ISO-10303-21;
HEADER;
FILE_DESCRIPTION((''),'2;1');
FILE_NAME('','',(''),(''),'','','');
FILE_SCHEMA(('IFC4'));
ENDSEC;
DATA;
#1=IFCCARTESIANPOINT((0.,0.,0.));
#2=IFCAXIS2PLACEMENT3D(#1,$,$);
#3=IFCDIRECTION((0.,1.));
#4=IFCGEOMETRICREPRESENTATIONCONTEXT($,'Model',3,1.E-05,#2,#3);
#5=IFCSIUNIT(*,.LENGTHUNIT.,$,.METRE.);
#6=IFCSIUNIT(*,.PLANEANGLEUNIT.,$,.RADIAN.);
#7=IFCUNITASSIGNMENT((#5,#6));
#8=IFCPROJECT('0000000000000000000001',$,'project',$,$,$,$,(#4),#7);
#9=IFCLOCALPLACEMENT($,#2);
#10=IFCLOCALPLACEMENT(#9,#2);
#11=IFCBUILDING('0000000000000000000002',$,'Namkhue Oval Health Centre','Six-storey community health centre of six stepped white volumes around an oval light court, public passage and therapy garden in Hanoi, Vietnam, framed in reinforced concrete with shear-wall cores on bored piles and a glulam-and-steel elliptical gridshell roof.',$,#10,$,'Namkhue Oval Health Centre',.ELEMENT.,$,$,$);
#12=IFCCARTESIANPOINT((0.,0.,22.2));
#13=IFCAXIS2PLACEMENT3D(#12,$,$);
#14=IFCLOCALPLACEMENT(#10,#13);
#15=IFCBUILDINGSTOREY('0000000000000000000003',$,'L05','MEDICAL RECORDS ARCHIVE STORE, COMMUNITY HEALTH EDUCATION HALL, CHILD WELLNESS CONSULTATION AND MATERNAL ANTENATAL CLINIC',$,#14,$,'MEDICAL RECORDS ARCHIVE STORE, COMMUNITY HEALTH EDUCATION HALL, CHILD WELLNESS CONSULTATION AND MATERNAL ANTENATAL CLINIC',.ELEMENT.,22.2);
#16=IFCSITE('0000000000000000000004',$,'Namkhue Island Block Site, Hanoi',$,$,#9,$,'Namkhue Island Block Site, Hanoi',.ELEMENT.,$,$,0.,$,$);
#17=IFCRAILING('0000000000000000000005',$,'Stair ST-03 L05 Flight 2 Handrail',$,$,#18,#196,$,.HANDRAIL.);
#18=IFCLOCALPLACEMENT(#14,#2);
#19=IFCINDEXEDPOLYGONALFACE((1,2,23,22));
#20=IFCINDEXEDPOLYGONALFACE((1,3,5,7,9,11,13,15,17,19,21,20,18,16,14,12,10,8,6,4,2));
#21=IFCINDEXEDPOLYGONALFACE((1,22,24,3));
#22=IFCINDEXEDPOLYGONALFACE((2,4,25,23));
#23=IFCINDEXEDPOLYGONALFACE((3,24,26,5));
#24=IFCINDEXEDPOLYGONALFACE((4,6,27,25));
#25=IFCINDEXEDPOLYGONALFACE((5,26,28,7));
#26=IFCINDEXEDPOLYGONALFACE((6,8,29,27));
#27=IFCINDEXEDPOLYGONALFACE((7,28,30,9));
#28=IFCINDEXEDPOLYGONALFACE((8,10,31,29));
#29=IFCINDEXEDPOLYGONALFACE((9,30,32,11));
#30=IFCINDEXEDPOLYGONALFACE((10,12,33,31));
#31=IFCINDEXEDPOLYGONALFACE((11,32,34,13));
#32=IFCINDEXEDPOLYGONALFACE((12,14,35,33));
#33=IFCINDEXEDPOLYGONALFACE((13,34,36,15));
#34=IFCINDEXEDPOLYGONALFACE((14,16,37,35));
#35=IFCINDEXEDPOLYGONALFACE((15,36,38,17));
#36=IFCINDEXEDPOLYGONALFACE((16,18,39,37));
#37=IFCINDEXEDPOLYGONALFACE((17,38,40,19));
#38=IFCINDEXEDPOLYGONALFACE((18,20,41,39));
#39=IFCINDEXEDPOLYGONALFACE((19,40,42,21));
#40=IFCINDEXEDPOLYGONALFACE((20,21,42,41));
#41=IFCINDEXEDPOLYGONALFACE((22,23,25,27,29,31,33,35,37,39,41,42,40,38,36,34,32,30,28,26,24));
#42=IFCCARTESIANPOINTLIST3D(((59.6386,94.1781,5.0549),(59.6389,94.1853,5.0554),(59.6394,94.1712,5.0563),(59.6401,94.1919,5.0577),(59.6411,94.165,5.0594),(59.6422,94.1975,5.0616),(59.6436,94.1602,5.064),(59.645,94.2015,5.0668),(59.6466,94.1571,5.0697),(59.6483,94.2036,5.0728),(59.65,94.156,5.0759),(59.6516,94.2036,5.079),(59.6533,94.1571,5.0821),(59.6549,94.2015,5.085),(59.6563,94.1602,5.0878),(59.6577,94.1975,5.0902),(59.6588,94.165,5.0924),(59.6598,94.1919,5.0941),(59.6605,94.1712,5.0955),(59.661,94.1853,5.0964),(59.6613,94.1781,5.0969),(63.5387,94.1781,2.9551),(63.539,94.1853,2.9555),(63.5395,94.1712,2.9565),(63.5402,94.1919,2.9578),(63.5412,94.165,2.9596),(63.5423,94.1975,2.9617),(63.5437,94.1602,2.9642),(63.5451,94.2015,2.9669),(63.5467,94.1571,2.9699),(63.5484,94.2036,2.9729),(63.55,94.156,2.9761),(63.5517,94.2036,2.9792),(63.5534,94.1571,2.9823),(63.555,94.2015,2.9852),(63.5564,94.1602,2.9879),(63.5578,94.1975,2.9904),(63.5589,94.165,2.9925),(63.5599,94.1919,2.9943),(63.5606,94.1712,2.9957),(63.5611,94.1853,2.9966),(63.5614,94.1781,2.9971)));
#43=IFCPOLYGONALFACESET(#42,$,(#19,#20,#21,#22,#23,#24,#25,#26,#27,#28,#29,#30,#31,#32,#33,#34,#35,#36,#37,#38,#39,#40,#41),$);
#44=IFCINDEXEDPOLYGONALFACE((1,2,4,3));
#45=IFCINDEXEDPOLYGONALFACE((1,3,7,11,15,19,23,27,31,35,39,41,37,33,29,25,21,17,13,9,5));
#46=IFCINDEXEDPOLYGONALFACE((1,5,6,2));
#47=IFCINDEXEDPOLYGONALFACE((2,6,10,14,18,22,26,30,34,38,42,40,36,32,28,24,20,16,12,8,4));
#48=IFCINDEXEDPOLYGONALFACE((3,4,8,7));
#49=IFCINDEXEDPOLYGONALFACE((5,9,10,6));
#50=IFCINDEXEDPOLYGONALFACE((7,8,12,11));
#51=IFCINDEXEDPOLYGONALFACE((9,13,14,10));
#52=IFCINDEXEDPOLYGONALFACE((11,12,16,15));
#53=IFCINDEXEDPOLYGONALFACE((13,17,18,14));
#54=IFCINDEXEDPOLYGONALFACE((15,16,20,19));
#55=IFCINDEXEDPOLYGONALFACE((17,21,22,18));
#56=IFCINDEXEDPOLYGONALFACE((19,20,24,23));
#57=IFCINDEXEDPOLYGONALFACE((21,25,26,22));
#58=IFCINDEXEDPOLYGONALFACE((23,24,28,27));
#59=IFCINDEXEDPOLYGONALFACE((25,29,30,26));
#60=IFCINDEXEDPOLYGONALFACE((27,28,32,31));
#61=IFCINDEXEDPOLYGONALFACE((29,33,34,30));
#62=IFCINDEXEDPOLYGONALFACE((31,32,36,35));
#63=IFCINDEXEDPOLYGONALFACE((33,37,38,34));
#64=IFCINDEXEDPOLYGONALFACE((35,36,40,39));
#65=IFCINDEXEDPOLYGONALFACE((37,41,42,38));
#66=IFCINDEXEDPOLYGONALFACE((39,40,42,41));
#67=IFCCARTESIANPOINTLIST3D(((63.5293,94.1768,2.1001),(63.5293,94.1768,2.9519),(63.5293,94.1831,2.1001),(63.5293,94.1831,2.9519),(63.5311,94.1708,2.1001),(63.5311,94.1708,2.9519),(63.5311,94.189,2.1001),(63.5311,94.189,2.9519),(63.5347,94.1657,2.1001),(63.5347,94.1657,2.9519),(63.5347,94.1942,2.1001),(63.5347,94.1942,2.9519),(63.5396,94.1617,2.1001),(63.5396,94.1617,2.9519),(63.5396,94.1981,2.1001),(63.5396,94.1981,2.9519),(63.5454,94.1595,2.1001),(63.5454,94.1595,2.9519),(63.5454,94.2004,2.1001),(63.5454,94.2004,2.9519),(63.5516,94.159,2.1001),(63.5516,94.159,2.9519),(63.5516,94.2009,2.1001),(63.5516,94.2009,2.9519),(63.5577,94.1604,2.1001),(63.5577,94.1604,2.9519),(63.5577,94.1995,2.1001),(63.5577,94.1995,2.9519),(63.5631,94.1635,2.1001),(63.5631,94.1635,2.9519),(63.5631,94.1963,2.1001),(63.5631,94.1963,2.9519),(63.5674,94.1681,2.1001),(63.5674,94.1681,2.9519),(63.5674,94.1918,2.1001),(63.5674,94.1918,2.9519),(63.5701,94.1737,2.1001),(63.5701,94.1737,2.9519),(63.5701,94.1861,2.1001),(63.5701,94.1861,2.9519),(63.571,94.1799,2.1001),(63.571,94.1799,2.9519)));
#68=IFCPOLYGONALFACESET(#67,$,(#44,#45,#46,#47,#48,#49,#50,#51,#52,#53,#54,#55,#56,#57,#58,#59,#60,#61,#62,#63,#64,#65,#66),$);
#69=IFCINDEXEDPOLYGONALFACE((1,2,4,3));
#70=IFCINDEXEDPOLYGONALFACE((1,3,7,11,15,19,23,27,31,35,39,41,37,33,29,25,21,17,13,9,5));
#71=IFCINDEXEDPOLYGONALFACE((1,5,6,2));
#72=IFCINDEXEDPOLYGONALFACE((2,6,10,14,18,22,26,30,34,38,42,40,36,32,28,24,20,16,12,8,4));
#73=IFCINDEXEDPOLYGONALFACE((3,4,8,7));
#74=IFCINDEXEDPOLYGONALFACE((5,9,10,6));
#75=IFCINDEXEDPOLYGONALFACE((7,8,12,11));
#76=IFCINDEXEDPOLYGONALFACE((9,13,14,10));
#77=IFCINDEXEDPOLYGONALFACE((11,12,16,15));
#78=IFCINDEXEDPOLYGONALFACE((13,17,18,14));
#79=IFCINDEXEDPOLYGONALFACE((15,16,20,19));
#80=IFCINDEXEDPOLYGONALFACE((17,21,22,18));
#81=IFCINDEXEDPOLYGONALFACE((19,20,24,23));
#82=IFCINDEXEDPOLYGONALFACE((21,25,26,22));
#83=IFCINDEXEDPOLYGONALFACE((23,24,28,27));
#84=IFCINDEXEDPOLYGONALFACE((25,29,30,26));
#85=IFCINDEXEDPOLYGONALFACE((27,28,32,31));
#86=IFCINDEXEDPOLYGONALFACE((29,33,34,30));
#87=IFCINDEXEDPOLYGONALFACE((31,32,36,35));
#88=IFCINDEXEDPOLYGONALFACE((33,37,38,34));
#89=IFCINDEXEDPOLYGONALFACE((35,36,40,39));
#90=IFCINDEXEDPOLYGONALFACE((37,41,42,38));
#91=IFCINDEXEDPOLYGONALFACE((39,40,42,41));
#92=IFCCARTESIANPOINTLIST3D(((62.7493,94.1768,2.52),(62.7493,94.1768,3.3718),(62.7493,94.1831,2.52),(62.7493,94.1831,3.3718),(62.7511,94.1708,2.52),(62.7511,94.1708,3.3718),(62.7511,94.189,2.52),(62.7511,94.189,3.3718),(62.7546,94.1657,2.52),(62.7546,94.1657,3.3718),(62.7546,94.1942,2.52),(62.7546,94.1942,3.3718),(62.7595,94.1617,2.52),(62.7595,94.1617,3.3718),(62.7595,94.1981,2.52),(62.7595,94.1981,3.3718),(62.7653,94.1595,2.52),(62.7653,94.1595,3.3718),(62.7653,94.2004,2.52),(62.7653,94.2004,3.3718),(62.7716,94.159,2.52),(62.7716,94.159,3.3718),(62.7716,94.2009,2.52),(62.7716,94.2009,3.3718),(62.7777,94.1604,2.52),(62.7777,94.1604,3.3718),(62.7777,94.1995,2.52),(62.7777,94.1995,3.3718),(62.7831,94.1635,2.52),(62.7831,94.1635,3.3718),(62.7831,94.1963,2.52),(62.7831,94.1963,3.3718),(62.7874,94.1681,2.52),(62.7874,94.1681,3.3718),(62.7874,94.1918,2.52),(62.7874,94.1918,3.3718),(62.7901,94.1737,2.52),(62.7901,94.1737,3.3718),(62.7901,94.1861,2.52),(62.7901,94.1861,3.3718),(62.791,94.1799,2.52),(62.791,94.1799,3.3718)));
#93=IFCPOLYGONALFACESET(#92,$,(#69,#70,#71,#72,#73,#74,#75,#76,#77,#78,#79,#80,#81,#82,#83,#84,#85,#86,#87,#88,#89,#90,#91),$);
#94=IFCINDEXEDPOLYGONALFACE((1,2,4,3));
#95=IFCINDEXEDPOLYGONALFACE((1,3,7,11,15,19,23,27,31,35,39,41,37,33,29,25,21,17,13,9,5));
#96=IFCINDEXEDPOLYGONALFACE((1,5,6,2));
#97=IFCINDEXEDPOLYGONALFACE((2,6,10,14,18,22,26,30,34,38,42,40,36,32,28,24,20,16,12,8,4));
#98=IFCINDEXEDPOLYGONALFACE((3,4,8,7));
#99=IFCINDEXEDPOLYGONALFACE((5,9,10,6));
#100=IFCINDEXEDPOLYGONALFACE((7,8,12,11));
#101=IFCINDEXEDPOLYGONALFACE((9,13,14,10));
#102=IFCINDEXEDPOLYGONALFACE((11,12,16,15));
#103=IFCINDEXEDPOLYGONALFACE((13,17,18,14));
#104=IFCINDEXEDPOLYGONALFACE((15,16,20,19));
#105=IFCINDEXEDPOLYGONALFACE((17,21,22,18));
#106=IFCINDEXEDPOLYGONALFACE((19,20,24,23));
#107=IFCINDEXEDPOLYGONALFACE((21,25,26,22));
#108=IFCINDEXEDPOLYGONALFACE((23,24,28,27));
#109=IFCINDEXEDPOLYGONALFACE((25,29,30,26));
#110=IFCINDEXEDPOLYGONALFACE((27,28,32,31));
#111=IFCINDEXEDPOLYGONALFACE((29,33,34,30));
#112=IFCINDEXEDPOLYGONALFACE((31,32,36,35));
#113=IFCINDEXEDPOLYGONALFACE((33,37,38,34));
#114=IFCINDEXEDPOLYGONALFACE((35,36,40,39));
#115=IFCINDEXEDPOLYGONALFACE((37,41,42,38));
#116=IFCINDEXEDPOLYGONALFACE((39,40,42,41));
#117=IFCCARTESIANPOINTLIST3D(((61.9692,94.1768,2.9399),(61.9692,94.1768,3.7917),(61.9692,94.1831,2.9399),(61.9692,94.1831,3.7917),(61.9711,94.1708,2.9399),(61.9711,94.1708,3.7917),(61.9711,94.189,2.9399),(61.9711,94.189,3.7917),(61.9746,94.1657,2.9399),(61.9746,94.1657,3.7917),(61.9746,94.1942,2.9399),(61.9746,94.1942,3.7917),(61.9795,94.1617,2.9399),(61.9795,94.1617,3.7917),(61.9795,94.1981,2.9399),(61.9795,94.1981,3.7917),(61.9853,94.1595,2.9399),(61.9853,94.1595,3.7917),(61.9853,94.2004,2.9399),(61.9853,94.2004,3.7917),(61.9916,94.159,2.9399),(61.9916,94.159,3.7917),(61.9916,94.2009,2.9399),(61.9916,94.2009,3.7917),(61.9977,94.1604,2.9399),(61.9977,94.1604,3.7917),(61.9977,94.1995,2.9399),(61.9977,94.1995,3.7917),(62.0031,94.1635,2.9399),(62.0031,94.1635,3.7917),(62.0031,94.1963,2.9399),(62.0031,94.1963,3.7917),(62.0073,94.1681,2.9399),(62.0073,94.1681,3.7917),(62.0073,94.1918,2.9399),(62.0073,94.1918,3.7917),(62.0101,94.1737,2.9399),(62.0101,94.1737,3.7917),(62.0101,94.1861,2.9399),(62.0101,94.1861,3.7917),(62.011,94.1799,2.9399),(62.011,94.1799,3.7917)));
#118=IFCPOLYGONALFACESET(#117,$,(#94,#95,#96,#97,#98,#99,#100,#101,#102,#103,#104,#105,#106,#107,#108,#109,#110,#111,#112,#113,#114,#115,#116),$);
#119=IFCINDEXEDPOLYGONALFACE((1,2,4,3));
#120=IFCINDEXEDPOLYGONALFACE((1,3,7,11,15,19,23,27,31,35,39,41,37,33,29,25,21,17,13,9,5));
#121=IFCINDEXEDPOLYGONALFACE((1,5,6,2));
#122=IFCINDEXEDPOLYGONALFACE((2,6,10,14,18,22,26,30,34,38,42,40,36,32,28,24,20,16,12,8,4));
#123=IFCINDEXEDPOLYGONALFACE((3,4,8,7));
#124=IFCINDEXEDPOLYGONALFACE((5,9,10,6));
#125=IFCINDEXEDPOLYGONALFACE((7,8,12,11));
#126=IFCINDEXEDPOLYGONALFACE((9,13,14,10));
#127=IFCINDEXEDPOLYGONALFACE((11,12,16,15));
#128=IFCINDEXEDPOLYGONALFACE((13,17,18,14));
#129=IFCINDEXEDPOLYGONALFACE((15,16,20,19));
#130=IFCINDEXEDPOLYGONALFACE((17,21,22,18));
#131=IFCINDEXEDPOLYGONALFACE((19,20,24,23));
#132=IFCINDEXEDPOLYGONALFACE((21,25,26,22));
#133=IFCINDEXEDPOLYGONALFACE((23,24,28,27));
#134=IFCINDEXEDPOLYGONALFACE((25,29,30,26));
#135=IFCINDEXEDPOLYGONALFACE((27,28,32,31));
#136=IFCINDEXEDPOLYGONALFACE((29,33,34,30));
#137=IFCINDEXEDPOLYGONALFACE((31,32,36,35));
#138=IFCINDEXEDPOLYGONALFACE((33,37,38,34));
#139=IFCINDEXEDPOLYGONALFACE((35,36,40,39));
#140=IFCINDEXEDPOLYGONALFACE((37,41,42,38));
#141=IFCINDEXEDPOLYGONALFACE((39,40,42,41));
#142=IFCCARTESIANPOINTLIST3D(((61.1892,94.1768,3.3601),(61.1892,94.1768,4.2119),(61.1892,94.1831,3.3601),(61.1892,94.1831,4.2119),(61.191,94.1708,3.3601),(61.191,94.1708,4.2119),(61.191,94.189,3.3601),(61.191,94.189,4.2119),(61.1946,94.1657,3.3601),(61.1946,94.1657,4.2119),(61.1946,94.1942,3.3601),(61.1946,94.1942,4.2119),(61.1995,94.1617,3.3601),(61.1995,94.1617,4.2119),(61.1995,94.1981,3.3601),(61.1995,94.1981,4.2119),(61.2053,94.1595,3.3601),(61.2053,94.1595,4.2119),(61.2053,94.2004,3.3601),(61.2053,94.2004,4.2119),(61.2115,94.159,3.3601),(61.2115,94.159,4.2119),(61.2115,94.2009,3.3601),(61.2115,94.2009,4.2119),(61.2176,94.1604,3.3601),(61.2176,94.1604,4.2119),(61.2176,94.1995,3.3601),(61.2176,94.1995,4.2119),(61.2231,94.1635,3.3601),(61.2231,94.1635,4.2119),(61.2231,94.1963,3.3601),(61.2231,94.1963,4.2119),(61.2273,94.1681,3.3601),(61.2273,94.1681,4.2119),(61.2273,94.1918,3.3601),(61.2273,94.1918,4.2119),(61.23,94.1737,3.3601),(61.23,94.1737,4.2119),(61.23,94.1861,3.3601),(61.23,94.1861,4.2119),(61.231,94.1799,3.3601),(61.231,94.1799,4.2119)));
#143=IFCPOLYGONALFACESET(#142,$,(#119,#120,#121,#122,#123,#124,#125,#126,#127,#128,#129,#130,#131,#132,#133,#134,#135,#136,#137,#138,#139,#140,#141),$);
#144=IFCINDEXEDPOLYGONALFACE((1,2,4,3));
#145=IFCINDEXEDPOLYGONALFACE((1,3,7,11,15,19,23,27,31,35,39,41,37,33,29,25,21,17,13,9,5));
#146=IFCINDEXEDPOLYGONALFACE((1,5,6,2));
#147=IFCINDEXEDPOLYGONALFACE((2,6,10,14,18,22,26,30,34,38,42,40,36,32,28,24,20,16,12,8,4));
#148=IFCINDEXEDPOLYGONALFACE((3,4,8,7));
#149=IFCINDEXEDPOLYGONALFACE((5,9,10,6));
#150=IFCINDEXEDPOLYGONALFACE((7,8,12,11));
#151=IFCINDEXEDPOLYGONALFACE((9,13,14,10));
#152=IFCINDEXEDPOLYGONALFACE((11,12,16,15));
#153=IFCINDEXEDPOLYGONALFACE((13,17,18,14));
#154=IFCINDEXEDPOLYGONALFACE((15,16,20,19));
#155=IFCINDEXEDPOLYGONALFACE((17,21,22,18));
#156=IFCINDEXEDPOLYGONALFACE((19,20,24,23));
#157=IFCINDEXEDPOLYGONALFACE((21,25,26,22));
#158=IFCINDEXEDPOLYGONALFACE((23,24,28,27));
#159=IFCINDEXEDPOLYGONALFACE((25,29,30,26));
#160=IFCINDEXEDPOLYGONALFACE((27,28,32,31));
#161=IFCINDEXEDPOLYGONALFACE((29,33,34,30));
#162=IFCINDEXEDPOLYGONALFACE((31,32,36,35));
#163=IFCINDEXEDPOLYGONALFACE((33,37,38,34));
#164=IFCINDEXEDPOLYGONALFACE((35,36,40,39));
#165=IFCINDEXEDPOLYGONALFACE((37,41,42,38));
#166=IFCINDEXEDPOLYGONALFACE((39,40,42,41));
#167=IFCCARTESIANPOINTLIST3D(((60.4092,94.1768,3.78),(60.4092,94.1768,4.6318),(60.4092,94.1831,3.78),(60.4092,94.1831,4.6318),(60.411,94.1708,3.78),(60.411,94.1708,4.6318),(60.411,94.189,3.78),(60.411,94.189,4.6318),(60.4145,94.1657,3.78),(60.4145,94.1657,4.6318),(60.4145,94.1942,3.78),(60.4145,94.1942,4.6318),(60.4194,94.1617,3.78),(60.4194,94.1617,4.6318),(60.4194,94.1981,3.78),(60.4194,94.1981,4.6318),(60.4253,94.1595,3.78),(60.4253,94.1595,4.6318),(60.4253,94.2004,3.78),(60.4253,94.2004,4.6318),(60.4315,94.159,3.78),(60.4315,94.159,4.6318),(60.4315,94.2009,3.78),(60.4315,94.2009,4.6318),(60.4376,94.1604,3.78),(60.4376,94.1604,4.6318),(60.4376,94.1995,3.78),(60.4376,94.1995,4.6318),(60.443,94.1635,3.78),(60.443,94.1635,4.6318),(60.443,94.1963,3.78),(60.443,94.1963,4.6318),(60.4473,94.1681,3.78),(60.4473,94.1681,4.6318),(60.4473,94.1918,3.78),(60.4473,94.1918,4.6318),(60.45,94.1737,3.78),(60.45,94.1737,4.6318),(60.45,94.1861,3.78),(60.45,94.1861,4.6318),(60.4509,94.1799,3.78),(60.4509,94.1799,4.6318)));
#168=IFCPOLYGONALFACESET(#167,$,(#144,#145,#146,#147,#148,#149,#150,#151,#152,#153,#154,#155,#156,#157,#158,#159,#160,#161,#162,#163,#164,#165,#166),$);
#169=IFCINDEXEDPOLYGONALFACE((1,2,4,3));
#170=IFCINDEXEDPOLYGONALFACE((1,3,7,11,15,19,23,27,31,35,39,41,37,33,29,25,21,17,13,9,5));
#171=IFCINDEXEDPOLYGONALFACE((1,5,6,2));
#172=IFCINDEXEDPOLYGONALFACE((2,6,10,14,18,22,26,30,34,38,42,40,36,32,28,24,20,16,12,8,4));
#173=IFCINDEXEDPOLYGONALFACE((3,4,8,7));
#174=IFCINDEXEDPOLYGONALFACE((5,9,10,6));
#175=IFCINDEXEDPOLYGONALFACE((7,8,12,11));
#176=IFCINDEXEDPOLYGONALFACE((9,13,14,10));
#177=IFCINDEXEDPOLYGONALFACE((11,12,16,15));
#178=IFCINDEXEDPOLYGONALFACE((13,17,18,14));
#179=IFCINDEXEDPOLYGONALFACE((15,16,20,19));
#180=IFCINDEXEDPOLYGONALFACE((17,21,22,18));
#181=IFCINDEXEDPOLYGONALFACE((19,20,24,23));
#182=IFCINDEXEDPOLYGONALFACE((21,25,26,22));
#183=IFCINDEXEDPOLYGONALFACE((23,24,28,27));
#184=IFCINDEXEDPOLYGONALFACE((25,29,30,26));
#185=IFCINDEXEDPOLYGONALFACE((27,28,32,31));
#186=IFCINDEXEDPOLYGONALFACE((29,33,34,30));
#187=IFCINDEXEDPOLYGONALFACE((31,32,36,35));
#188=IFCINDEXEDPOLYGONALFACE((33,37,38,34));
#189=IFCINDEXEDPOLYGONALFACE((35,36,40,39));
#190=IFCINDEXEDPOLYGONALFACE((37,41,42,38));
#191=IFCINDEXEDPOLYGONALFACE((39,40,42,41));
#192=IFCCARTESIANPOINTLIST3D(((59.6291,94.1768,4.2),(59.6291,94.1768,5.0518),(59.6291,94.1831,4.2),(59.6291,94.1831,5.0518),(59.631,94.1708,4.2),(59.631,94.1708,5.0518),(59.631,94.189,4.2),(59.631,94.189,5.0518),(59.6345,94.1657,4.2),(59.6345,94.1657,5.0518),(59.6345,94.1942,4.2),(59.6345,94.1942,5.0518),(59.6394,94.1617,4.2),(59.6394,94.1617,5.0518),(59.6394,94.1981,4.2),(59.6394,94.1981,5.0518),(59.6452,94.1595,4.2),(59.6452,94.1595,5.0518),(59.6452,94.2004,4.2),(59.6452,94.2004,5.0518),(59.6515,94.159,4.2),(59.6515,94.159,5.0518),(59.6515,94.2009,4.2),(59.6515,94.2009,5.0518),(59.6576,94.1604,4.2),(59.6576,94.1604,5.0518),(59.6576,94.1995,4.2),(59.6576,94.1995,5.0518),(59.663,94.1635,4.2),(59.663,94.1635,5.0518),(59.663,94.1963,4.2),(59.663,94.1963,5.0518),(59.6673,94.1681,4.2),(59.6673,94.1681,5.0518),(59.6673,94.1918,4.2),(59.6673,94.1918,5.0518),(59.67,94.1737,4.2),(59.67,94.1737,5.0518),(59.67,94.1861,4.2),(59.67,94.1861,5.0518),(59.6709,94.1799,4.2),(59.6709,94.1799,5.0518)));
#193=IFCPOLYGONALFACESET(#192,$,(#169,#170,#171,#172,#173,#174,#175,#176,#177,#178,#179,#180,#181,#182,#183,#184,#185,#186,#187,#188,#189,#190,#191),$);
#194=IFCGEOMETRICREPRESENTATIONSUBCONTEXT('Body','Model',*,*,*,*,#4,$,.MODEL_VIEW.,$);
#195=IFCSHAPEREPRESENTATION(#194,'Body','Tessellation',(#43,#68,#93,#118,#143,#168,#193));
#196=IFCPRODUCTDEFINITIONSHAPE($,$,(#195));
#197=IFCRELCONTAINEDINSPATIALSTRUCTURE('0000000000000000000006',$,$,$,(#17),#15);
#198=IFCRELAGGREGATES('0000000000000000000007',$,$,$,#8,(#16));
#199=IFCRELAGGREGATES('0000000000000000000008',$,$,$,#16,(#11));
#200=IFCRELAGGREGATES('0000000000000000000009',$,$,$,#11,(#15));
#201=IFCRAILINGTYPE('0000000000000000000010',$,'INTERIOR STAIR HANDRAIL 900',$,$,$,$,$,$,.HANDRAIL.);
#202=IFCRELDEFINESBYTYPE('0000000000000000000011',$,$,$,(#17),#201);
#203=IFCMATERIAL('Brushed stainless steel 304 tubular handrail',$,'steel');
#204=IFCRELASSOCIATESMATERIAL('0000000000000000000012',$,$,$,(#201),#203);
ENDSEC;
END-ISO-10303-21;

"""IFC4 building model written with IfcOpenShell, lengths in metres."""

from ifc_helpers import new_model, si_unit, direction, frame, origin, origin_2d, place, context, subcontext, project, spatial, circle, extrude, material, type_object, element, save


model = new_model("IFC4")

# Units and contexts
model_context = context("Model", 3, precision=1e-05, world=origin(), true_north=direction((0.0, 1.0)))
body_context = subcontext(model_context, "Body", "Model", "MODEL_VIEW")
ifc_project = project(units=[si_unit("LENGTHUNIT", "METRE"), si_unit("PLANEANGLEUNIT", "RADIAN")], contexts=[model_context])

# Site, building, storey
site_placement = place(None, origin())
site = spatial("IfcSite", under=ifc_project, at=site_placement, Name="Namkhue Island Block Site, Hanoi", LongName="Namkhue Island Block Site, Hanoi", CompositionType="ELEMENT", RefElevation=0.0)
building_placement = place(site_placement, origin())
building = spatial("IfcBuilding", under=site, at=building_placement, Name="Namkhue Oval Health Centre", Description="Six-storey community health centre of six stepped white volumes around an oval light court, public passage and therapy garden in Hanoi, Vietnam, framed in reinforced concrete with shear-wall cores on bored piles and a glulam-and-steel elliptical gridshell roof.", LongName="Namkhue Oval Health Centre", CompositionType="ELEMENT")
storey_placement = place(building_placement, frame((0.0, 0.0, 22.2)))
storey = spatial("IfcBuildingStorey", under=building, at=storey_placement, Name="L05", Description="MEDICAL RECORDS ARCHIVE STORE, COMMUNITY HEALTH EDUCATION HALL, CHILD WELLNESS CONSULTATION AND MATERNAL ANTENATAL CLINIC", LongName="MEDICAL RECORDS ARCHIVE STORE, COMMUNITY HEALTH EDUCATION HALL, CHILD WELLNESS CONSULTATION AND MATERNAL ANTENATAL CLINIC", CompositionType="ELEMENT", Elevation=22.2)

# Railing
ifc_material_1 = material(Name="Brushed stainless steel 304 tubular handrail", Category="steel")
railing_type_1 = type_object("IfcRailingType", Name="INTERIOR STAIR HANDRAIL 900", PredefinedType="HANDRAIL", material=ifc_material_1)
railing_1_placement = place(storey_placement, frame((63.55, 94.1799, 2.1001)))
element("IfcRailing", 1, at=railing_1_placement, inside=storey, type_object=railing_type_1, Name="Stair ST-03 L05 Flight 2 Handrail", PredefinedType="HANDRAIL", context=body_context, shape_type="SweptSolid", body=[
    extrude(circle(Radius=0.0239, at=origin_2d()), frame((0.0, 0.0, 0.876), z_axis=(-0.880492, 0.0, 0.47406), x_axis=(0.0, -1.0, 0.0)), (0.0, 0.0, 1.0), 4.4294),
    extrude(circle(Radius=0.021, at=origin_2d()), origin(), (0.0, 0.0, 1.0), 0.8518),
    extrude(circle(Radius=0.021, at=origin_2d()), frame((-0.78, 0.0, 0.4199)), (0.0, 0.0, 1.0), 0.8518),
    extrude(circle(Radius=0.021, at=origin_2d()), frame((-1.5601, 0.0, 0.8398)), (0.0, 0.0, 1.0), 0.8518),
    extrude(circle(Radius=0.021, at=origin_2d()), frame((-2.3401, 0.0, 1.26)), (0.0, 0.0, 1.0), 0.8518),
    extrude(circle(Radius=0.021, at=origin_2d()), frame((-3.1201, 0.0, 1.6799)), (0.0, 0.0, 1.0), 0.8518),
    extrude(circle(Radius=0.021, at=origin_2d()), frame((-3.9001, 0.0, 2.0999)), (0.0, 0.0, 1.0), 0.8518),
])

save(model, "model.ifc")
